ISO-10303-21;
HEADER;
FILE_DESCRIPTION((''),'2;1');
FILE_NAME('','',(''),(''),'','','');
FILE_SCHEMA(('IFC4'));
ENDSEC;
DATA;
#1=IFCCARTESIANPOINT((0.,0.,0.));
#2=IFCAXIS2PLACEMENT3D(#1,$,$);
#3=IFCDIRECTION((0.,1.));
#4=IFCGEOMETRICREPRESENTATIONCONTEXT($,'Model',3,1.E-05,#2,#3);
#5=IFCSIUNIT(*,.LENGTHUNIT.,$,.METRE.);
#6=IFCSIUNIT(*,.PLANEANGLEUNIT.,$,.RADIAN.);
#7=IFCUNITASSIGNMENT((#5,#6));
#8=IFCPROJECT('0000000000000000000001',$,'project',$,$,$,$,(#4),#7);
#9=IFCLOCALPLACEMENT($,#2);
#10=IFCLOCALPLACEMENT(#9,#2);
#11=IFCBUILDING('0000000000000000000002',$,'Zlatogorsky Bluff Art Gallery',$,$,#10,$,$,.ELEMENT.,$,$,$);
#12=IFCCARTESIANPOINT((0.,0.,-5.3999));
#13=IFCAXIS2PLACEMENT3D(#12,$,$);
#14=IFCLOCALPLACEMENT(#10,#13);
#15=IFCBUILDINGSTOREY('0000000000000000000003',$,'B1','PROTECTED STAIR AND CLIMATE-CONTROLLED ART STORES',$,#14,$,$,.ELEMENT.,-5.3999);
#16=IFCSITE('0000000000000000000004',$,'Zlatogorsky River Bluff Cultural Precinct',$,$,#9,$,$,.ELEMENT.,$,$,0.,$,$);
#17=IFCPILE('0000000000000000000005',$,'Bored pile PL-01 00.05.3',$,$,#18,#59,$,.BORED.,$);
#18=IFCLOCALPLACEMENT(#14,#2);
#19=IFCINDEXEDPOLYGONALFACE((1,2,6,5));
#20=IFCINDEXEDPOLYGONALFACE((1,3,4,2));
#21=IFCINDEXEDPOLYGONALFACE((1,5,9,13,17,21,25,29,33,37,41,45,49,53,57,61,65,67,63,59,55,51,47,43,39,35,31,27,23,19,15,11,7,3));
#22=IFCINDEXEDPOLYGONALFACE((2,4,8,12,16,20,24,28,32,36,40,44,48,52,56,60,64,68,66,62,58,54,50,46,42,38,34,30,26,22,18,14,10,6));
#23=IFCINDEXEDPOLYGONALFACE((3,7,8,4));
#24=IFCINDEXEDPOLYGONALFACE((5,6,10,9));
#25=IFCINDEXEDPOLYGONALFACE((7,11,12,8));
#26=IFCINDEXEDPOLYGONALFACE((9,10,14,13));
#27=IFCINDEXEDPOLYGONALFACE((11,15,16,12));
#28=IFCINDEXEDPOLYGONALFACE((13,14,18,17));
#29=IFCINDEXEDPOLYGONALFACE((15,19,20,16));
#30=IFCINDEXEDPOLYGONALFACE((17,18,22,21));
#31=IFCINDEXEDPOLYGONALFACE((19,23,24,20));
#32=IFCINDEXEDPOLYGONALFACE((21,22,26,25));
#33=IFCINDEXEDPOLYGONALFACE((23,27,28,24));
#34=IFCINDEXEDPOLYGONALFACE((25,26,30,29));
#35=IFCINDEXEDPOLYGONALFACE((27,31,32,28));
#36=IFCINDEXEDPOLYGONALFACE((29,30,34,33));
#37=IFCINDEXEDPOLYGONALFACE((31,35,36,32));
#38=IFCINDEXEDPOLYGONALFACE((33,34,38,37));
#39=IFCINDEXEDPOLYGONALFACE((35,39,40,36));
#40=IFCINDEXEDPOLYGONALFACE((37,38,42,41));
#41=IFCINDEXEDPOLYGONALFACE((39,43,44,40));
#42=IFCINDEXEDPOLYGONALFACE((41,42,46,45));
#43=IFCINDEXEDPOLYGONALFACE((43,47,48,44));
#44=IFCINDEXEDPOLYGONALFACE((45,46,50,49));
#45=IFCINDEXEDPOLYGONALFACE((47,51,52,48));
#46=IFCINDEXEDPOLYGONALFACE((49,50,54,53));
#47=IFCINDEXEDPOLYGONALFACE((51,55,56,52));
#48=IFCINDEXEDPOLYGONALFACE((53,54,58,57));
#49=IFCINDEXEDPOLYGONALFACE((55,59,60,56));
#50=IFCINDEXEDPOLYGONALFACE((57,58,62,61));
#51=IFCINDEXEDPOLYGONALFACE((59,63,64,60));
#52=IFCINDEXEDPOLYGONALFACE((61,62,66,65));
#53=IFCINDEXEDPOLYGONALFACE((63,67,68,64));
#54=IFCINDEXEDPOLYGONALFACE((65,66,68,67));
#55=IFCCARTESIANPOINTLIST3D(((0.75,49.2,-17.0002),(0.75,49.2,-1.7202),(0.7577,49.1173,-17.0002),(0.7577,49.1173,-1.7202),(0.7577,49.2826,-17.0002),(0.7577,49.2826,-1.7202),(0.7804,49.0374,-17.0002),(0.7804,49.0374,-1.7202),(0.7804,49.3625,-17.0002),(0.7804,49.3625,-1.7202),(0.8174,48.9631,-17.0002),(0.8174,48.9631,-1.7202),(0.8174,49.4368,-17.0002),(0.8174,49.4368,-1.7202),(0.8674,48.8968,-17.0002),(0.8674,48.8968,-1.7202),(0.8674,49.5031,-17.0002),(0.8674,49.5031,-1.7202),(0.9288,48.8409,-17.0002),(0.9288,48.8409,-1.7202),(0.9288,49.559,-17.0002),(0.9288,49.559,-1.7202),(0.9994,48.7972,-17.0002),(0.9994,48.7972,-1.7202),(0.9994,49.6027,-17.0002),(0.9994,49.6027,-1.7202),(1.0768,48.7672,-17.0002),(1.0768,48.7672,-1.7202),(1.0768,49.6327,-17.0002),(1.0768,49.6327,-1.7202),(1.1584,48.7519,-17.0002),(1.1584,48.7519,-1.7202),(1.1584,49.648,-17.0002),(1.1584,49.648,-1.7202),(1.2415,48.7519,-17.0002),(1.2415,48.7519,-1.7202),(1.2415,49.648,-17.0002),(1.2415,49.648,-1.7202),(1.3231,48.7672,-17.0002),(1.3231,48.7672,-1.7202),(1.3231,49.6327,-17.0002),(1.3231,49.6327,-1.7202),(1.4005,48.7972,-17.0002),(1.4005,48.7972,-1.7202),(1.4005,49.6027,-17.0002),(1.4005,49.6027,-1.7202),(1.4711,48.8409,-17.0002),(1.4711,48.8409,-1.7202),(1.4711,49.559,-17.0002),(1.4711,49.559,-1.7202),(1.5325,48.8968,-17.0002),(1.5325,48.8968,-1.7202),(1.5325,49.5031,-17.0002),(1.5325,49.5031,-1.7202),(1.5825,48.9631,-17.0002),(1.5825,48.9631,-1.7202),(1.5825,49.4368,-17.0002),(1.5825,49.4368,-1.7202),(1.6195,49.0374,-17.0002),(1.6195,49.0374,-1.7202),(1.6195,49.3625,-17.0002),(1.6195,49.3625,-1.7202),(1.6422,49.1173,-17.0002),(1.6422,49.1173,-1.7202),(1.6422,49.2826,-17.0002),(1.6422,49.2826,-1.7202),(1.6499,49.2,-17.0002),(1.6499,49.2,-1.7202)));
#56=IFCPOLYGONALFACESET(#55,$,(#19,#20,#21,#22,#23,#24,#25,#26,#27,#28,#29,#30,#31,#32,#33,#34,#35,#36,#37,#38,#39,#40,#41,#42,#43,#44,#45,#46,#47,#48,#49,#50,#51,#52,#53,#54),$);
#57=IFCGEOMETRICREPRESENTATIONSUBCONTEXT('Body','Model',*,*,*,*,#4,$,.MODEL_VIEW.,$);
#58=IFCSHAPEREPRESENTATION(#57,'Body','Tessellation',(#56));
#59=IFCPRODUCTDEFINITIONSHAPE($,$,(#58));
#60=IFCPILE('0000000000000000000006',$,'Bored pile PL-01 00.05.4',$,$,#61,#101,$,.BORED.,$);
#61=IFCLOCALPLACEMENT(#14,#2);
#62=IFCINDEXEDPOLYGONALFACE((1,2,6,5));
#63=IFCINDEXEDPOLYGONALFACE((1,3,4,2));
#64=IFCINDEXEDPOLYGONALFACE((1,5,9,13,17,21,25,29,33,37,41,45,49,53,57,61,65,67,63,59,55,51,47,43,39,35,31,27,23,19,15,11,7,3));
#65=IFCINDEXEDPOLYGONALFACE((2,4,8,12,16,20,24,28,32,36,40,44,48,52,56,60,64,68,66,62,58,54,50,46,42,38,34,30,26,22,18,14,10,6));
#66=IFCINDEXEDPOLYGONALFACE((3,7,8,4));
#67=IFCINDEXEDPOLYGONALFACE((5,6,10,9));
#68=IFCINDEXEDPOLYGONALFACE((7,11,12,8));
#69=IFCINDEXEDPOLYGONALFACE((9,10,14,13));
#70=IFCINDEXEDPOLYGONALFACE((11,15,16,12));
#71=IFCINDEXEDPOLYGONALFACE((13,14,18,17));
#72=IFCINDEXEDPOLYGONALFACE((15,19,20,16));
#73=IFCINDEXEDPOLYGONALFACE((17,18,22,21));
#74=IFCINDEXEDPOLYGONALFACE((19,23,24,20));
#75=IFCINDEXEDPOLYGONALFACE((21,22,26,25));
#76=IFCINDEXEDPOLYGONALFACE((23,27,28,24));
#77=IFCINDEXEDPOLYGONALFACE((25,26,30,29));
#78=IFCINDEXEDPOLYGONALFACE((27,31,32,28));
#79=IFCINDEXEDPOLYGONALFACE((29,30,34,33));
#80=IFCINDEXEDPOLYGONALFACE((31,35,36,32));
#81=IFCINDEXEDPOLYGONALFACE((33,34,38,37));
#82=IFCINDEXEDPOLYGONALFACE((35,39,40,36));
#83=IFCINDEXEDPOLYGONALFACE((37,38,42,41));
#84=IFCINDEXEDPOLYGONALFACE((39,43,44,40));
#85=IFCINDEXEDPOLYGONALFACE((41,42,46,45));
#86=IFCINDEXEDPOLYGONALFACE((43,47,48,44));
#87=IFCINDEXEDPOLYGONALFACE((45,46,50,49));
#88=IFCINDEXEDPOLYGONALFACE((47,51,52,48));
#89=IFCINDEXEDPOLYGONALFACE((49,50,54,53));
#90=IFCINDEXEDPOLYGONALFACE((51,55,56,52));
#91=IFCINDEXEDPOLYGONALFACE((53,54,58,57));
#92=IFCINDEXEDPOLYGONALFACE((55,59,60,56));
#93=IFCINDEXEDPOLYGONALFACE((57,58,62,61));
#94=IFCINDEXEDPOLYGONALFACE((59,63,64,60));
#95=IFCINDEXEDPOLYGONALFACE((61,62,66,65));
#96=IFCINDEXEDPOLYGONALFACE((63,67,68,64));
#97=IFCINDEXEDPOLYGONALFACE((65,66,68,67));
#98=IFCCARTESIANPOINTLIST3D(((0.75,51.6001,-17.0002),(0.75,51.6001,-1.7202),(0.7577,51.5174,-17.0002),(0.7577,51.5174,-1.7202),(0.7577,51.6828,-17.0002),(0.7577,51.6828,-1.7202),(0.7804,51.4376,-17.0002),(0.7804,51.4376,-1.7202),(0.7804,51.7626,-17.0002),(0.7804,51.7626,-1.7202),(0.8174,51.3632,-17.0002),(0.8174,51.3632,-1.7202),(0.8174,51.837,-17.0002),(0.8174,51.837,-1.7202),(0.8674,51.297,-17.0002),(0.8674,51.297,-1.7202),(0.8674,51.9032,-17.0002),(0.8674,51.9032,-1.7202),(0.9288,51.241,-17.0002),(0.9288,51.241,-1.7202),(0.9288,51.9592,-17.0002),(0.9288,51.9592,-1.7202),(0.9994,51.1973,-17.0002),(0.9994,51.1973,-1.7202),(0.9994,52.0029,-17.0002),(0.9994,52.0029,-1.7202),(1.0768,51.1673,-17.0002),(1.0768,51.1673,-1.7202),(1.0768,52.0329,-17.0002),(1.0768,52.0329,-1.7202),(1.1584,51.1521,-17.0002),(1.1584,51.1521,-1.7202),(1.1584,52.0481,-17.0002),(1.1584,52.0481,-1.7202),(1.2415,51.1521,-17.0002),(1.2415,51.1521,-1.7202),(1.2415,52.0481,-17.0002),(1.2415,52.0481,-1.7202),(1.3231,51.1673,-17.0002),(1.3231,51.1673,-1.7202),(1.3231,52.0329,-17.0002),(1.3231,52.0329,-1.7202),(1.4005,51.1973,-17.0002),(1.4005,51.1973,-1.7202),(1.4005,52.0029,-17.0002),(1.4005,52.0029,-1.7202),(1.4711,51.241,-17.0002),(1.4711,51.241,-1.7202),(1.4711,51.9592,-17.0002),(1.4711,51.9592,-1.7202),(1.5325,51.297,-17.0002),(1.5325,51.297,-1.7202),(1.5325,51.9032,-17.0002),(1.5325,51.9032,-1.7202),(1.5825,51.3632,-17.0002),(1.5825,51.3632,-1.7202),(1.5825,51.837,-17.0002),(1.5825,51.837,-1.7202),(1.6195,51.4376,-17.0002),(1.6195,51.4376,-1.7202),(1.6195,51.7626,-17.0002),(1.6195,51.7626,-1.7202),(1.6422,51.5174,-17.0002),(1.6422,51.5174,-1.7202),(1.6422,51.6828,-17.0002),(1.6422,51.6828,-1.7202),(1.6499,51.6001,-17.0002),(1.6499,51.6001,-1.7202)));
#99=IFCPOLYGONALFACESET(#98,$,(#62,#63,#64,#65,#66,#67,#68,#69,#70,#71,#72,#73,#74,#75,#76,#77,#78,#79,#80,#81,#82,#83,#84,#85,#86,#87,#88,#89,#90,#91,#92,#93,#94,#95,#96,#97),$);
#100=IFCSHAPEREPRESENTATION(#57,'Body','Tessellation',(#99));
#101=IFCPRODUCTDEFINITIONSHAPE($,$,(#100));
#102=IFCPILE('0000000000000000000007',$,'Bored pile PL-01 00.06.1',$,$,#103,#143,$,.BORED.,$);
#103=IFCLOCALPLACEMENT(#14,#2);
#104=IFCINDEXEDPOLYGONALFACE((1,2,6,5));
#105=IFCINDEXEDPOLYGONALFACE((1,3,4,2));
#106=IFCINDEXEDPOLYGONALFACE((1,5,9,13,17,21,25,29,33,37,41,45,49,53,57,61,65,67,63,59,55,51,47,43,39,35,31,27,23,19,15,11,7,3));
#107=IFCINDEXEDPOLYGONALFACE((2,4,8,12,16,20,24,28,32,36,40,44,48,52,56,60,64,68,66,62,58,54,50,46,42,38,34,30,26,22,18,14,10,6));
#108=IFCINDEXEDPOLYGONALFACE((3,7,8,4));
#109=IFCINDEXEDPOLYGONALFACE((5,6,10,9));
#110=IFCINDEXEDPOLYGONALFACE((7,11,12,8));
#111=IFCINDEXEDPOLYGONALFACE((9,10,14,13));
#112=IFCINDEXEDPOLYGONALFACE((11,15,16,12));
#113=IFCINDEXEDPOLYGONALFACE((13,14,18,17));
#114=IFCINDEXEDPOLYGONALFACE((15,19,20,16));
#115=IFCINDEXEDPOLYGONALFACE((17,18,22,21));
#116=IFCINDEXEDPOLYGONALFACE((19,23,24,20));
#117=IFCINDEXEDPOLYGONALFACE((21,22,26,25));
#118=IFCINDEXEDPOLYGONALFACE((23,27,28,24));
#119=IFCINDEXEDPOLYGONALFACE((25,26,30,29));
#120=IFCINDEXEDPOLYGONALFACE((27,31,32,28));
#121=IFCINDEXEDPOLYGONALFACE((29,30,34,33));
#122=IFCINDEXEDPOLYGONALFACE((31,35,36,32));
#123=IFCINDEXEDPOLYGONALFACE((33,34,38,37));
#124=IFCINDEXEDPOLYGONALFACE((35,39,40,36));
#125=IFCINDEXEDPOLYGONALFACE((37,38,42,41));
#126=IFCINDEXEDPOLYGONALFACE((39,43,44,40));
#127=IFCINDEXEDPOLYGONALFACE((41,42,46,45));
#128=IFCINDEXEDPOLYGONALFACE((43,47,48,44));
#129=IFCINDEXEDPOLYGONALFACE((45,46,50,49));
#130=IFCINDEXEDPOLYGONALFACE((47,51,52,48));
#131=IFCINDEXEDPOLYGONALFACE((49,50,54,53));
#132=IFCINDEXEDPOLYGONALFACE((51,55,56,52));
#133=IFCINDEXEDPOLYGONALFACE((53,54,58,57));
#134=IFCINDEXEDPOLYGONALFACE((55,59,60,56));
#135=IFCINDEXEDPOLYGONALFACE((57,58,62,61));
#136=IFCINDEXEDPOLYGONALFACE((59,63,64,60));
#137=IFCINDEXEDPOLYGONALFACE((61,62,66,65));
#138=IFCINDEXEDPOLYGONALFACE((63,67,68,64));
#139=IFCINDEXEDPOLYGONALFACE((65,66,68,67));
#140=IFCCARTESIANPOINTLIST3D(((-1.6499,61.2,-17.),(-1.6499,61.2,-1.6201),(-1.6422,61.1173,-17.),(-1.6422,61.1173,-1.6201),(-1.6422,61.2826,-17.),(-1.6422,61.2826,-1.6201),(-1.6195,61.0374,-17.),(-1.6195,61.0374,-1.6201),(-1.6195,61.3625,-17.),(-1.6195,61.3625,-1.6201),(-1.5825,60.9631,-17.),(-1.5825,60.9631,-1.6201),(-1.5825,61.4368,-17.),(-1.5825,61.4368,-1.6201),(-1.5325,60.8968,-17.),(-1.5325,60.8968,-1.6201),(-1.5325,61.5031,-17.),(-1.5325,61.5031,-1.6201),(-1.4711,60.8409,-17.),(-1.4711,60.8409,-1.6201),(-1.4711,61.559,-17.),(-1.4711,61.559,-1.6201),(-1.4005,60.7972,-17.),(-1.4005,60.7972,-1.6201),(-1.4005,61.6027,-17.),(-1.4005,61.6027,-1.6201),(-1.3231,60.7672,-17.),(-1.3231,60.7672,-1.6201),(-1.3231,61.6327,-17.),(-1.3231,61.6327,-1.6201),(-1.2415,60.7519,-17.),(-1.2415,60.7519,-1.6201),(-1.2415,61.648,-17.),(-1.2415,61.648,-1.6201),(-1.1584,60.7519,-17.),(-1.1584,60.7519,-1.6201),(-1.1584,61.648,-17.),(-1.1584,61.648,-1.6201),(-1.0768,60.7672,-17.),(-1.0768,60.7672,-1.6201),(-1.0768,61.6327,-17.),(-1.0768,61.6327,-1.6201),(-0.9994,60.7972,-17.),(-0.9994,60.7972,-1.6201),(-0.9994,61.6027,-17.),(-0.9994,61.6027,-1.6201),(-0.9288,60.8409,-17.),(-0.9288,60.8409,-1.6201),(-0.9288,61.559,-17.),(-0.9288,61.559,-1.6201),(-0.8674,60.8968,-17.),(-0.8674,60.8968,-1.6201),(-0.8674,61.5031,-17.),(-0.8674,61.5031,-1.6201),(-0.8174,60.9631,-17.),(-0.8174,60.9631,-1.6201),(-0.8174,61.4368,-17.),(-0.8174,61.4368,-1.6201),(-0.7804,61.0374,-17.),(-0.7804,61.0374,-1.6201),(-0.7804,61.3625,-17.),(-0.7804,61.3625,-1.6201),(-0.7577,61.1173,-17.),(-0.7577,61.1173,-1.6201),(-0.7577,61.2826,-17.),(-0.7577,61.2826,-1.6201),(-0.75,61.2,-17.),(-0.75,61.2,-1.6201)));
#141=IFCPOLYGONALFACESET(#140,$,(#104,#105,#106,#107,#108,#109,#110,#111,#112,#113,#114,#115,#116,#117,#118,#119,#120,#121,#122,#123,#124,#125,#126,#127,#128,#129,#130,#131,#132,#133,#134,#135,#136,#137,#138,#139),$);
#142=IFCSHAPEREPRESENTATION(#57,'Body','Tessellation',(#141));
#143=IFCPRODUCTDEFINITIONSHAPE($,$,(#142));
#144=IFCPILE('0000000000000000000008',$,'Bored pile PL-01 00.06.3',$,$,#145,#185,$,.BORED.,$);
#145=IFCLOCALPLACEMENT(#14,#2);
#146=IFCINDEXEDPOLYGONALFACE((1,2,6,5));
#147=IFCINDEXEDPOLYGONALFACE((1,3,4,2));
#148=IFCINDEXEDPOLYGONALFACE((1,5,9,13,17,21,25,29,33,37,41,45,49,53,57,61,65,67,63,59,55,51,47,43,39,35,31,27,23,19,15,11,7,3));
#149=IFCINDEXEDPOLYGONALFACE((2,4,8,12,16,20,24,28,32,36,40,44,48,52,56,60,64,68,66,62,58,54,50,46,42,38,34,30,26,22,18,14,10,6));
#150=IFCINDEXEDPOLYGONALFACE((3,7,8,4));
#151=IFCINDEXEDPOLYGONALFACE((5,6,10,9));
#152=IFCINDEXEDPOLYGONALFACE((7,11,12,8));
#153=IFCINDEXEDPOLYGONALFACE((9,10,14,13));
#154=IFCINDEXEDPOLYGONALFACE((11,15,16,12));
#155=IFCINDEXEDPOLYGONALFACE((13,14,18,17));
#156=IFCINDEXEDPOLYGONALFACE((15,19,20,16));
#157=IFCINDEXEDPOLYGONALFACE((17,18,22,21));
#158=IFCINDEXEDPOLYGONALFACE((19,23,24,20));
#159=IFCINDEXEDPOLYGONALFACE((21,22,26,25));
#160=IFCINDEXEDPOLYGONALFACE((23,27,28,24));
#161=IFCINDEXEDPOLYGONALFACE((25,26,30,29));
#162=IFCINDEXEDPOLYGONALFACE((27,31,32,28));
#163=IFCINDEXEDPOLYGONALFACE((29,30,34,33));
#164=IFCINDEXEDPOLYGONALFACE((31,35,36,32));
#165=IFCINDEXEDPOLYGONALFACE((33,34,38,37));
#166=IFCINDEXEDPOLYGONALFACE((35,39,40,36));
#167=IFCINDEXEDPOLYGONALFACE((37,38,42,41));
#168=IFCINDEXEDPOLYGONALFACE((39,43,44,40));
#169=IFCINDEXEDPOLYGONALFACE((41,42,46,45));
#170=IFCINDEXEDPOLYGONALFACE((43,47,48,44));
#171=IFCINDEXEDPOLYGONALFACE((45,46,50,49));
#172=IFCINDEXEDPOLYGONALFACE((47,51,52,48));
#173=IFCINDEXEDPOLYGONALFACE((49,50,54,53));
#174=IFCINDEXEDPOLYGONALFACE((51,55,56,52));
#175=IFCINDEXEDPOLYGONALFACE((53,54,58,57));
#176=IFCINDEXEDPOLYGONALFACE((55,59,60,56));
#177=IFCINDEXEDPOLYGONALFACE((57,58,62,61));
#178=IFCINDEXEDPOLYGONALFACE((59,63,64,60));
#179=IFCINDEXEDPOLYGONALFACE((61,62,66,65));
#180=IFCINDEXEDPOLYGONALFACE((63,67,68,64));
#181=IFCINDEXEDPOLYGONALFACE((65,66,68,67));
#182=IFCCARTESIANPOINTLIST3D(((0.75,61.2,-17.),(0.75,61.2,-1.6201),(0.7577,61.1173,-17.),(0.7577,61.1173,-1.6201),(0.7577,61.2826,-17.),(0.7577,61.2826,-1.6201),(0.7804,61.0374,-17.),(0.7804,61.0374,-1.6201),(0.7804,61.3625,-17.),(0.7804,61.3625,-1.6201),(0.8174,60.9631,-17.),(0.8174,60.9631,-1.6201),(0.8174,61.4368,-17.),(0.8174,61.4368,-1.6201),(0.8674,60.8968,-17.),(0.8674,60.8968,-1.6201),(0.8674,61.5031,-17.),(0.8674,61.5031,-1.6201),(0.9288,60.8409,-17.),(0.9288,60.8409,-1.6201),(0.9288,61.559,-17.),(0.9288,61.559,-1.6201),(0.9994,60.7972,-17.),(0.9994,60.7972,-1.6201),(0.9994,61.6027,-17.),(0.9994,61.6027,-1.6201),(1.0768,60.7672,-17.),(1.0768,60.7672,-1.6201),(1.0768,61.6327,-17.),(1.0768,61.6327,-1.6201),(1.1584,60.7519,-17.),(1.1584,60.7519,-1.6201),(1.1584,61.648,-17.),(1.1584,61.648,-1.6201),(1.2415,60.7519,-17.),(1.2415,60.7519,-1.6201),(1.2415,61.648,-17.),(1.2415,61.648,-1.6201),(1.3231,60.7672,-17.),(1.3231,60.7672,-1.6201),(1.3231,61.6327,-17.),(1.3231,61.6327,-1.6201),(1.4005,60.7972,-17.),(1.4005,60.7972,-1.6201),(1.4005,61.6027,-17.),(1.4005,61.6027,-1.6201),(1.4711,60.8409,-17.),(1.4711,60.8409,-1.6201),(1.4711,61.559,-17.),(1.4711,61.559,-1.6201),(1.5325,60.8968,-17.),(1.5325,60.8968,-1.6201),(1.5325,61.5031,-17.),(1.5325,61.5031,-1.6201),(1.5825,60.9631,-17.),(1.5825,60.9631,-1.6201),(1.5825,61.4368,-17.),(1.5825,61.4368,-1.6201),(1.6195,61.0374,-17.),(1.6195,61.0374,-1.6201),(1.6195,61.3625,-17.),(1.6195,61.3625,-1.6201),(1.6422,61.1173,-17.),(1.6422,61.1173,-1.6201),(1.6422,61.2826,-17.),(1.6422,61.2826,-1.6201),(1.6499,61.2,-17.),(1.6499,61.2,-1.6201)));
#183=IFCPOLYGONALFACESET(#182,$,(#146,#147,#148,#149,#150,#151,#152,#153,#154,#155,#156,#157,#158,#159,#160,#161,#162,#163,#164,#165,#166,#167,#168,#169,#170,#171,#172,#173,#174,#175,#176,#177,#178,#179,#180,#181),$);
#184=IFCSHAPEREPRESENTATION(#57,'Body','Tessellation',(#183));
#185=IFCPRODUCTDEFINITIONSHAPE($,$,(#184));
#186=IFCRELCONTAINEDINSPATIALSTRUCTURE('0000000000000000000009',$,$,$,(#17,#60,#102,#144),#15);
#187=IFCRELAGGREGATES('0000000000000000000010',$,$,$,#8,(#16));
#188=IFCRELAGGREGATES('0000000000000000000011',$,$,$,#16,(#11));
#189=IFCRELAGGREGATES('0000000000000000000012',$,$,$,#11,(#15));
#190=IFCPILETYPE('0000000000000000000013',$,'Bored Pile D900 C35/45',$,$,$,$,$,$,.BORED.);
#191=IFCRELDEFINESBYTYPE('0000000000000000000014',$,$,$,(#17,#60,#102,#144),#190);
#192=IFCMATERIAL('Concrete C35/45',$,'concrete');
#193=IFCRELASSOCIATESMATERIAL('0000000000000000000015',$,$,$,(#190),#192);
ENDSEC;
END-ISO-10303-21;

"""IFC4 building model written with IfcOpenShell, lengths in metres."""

from ifc_helpers import new_model, si_unit, direction, frame, origin, origin_2d, place, context, subcontext, project, spatial, circle, extrude, material, material_profile, profile_set, type_object, element, save


model = new_model("IFC4")

# Units and contexts
model_context = context("Model", 3, precision=1e-05, world=origin(), true_north=direction((0.0, 1.0)))
body_context = subcontext(model_context, "Body", "Model", "MODEL_VIEW")
ifc_project = project(units=[si_unit("LENGTHUNIT", "METRE"), si_unit("PLANEANGLEUNIT", "RADIAN")], contexts=[model_context])

# Site, building, storey
site_placement = place(None, origin())
site = spatial("IfcSite", under=ifc_project, at=site_placement, Name="Zlatogorsky River Bluff Cultural Precinct", CompositionType="ELEMENT", RefElevation=0.0)
building_placement = place(site_placement, origin())
building = spatial("IfcBuilding", under=site, at=building_placement, Name="Zlatogorsky Bluff Art Gallery", CompositionType="ELEMENT")
storey_placement = place(building_placement, frame((0.0, 0.0, -5.3999)))
storey = spatial("IfcBuildingStorey", under=building, at=storey_placement, Name="B1", Description="PROTECTED STAIR AND CLIMATE-CONTROLLED ART STORES", CompositionType="ELEMENT", Elevation=-5.3999)

# Piles
ifc_material_1 = material(Name="Concrete C35/45", Category="concrete")
ifc_material_profile_1 = material_profile(ifc_material_1, circle(Radius=0.45, at=origin_2d()), Name="BORED PILE D900")
ifc_profile_set_1 = profile_set([ifc_material_profile_1], Name="Concrete C35/45")
pile_type = type_object("IfcPileType", Name="Bored Pile D900 C35/45", PredefinedType="BORED", material=ifc_profile_set_1)
for number, where, z_axis, x_axis, name in (
    (1, (1.2, 49.2, -1.7202), (0.0, 0.0, -1.0), (1.0, 0.0, 0.0), "Bored pile PL-01 00.05.3"),
    (2, (1.2, 51.6001, -1.7202), (0.0, 0.0, -1.0), (1.0, 0.0, 0.0), "Bored pile PL-01 00.05.4"),
):
    element("IfcPile", number, at=place(storey_placement, frame(where, z_axis=z_axis, x_axis=x_axis)), inside=storey, type_object=pile_type, Name=name, PredefinedType="BORED", context=body_context, shape_type="SweptSolid", body=[
        extrude(circle(Radius=0.45, at=origin_2d()), origin(), (0.0, 0.0, 1.0), 15.28),
    ])
for number, where, z_axis, x_axis, name in (
    (3, (-1.2, 61.2, -1.6201), (0.0, 0.0, -1.0), (1.0, 0.0, 0.0), "Bored pile PL-01 00.06.1"),
    (4, (1.2, 61.2, -1.6201), (0.0, 0.0, -1.0), (1.0, 0.0, 0.0), "Bored pile PL-01 00.06.3"),
):
    element("IfcPile", number, at=place(storey_placement, frame(where, z_axis=z_axis, x_axis=x_axis)), inside=storey, type_object=pile_type, Name=name, PredefinedType="BORED", context=body_context, shape_type="SweptSolid", body=[
        extrude(circle(Radius=0.45, at=origin_2d()), origin(), (0.0, 0.0, 1.0), 15.3799),
    ])

save(model, "model.ifc")
